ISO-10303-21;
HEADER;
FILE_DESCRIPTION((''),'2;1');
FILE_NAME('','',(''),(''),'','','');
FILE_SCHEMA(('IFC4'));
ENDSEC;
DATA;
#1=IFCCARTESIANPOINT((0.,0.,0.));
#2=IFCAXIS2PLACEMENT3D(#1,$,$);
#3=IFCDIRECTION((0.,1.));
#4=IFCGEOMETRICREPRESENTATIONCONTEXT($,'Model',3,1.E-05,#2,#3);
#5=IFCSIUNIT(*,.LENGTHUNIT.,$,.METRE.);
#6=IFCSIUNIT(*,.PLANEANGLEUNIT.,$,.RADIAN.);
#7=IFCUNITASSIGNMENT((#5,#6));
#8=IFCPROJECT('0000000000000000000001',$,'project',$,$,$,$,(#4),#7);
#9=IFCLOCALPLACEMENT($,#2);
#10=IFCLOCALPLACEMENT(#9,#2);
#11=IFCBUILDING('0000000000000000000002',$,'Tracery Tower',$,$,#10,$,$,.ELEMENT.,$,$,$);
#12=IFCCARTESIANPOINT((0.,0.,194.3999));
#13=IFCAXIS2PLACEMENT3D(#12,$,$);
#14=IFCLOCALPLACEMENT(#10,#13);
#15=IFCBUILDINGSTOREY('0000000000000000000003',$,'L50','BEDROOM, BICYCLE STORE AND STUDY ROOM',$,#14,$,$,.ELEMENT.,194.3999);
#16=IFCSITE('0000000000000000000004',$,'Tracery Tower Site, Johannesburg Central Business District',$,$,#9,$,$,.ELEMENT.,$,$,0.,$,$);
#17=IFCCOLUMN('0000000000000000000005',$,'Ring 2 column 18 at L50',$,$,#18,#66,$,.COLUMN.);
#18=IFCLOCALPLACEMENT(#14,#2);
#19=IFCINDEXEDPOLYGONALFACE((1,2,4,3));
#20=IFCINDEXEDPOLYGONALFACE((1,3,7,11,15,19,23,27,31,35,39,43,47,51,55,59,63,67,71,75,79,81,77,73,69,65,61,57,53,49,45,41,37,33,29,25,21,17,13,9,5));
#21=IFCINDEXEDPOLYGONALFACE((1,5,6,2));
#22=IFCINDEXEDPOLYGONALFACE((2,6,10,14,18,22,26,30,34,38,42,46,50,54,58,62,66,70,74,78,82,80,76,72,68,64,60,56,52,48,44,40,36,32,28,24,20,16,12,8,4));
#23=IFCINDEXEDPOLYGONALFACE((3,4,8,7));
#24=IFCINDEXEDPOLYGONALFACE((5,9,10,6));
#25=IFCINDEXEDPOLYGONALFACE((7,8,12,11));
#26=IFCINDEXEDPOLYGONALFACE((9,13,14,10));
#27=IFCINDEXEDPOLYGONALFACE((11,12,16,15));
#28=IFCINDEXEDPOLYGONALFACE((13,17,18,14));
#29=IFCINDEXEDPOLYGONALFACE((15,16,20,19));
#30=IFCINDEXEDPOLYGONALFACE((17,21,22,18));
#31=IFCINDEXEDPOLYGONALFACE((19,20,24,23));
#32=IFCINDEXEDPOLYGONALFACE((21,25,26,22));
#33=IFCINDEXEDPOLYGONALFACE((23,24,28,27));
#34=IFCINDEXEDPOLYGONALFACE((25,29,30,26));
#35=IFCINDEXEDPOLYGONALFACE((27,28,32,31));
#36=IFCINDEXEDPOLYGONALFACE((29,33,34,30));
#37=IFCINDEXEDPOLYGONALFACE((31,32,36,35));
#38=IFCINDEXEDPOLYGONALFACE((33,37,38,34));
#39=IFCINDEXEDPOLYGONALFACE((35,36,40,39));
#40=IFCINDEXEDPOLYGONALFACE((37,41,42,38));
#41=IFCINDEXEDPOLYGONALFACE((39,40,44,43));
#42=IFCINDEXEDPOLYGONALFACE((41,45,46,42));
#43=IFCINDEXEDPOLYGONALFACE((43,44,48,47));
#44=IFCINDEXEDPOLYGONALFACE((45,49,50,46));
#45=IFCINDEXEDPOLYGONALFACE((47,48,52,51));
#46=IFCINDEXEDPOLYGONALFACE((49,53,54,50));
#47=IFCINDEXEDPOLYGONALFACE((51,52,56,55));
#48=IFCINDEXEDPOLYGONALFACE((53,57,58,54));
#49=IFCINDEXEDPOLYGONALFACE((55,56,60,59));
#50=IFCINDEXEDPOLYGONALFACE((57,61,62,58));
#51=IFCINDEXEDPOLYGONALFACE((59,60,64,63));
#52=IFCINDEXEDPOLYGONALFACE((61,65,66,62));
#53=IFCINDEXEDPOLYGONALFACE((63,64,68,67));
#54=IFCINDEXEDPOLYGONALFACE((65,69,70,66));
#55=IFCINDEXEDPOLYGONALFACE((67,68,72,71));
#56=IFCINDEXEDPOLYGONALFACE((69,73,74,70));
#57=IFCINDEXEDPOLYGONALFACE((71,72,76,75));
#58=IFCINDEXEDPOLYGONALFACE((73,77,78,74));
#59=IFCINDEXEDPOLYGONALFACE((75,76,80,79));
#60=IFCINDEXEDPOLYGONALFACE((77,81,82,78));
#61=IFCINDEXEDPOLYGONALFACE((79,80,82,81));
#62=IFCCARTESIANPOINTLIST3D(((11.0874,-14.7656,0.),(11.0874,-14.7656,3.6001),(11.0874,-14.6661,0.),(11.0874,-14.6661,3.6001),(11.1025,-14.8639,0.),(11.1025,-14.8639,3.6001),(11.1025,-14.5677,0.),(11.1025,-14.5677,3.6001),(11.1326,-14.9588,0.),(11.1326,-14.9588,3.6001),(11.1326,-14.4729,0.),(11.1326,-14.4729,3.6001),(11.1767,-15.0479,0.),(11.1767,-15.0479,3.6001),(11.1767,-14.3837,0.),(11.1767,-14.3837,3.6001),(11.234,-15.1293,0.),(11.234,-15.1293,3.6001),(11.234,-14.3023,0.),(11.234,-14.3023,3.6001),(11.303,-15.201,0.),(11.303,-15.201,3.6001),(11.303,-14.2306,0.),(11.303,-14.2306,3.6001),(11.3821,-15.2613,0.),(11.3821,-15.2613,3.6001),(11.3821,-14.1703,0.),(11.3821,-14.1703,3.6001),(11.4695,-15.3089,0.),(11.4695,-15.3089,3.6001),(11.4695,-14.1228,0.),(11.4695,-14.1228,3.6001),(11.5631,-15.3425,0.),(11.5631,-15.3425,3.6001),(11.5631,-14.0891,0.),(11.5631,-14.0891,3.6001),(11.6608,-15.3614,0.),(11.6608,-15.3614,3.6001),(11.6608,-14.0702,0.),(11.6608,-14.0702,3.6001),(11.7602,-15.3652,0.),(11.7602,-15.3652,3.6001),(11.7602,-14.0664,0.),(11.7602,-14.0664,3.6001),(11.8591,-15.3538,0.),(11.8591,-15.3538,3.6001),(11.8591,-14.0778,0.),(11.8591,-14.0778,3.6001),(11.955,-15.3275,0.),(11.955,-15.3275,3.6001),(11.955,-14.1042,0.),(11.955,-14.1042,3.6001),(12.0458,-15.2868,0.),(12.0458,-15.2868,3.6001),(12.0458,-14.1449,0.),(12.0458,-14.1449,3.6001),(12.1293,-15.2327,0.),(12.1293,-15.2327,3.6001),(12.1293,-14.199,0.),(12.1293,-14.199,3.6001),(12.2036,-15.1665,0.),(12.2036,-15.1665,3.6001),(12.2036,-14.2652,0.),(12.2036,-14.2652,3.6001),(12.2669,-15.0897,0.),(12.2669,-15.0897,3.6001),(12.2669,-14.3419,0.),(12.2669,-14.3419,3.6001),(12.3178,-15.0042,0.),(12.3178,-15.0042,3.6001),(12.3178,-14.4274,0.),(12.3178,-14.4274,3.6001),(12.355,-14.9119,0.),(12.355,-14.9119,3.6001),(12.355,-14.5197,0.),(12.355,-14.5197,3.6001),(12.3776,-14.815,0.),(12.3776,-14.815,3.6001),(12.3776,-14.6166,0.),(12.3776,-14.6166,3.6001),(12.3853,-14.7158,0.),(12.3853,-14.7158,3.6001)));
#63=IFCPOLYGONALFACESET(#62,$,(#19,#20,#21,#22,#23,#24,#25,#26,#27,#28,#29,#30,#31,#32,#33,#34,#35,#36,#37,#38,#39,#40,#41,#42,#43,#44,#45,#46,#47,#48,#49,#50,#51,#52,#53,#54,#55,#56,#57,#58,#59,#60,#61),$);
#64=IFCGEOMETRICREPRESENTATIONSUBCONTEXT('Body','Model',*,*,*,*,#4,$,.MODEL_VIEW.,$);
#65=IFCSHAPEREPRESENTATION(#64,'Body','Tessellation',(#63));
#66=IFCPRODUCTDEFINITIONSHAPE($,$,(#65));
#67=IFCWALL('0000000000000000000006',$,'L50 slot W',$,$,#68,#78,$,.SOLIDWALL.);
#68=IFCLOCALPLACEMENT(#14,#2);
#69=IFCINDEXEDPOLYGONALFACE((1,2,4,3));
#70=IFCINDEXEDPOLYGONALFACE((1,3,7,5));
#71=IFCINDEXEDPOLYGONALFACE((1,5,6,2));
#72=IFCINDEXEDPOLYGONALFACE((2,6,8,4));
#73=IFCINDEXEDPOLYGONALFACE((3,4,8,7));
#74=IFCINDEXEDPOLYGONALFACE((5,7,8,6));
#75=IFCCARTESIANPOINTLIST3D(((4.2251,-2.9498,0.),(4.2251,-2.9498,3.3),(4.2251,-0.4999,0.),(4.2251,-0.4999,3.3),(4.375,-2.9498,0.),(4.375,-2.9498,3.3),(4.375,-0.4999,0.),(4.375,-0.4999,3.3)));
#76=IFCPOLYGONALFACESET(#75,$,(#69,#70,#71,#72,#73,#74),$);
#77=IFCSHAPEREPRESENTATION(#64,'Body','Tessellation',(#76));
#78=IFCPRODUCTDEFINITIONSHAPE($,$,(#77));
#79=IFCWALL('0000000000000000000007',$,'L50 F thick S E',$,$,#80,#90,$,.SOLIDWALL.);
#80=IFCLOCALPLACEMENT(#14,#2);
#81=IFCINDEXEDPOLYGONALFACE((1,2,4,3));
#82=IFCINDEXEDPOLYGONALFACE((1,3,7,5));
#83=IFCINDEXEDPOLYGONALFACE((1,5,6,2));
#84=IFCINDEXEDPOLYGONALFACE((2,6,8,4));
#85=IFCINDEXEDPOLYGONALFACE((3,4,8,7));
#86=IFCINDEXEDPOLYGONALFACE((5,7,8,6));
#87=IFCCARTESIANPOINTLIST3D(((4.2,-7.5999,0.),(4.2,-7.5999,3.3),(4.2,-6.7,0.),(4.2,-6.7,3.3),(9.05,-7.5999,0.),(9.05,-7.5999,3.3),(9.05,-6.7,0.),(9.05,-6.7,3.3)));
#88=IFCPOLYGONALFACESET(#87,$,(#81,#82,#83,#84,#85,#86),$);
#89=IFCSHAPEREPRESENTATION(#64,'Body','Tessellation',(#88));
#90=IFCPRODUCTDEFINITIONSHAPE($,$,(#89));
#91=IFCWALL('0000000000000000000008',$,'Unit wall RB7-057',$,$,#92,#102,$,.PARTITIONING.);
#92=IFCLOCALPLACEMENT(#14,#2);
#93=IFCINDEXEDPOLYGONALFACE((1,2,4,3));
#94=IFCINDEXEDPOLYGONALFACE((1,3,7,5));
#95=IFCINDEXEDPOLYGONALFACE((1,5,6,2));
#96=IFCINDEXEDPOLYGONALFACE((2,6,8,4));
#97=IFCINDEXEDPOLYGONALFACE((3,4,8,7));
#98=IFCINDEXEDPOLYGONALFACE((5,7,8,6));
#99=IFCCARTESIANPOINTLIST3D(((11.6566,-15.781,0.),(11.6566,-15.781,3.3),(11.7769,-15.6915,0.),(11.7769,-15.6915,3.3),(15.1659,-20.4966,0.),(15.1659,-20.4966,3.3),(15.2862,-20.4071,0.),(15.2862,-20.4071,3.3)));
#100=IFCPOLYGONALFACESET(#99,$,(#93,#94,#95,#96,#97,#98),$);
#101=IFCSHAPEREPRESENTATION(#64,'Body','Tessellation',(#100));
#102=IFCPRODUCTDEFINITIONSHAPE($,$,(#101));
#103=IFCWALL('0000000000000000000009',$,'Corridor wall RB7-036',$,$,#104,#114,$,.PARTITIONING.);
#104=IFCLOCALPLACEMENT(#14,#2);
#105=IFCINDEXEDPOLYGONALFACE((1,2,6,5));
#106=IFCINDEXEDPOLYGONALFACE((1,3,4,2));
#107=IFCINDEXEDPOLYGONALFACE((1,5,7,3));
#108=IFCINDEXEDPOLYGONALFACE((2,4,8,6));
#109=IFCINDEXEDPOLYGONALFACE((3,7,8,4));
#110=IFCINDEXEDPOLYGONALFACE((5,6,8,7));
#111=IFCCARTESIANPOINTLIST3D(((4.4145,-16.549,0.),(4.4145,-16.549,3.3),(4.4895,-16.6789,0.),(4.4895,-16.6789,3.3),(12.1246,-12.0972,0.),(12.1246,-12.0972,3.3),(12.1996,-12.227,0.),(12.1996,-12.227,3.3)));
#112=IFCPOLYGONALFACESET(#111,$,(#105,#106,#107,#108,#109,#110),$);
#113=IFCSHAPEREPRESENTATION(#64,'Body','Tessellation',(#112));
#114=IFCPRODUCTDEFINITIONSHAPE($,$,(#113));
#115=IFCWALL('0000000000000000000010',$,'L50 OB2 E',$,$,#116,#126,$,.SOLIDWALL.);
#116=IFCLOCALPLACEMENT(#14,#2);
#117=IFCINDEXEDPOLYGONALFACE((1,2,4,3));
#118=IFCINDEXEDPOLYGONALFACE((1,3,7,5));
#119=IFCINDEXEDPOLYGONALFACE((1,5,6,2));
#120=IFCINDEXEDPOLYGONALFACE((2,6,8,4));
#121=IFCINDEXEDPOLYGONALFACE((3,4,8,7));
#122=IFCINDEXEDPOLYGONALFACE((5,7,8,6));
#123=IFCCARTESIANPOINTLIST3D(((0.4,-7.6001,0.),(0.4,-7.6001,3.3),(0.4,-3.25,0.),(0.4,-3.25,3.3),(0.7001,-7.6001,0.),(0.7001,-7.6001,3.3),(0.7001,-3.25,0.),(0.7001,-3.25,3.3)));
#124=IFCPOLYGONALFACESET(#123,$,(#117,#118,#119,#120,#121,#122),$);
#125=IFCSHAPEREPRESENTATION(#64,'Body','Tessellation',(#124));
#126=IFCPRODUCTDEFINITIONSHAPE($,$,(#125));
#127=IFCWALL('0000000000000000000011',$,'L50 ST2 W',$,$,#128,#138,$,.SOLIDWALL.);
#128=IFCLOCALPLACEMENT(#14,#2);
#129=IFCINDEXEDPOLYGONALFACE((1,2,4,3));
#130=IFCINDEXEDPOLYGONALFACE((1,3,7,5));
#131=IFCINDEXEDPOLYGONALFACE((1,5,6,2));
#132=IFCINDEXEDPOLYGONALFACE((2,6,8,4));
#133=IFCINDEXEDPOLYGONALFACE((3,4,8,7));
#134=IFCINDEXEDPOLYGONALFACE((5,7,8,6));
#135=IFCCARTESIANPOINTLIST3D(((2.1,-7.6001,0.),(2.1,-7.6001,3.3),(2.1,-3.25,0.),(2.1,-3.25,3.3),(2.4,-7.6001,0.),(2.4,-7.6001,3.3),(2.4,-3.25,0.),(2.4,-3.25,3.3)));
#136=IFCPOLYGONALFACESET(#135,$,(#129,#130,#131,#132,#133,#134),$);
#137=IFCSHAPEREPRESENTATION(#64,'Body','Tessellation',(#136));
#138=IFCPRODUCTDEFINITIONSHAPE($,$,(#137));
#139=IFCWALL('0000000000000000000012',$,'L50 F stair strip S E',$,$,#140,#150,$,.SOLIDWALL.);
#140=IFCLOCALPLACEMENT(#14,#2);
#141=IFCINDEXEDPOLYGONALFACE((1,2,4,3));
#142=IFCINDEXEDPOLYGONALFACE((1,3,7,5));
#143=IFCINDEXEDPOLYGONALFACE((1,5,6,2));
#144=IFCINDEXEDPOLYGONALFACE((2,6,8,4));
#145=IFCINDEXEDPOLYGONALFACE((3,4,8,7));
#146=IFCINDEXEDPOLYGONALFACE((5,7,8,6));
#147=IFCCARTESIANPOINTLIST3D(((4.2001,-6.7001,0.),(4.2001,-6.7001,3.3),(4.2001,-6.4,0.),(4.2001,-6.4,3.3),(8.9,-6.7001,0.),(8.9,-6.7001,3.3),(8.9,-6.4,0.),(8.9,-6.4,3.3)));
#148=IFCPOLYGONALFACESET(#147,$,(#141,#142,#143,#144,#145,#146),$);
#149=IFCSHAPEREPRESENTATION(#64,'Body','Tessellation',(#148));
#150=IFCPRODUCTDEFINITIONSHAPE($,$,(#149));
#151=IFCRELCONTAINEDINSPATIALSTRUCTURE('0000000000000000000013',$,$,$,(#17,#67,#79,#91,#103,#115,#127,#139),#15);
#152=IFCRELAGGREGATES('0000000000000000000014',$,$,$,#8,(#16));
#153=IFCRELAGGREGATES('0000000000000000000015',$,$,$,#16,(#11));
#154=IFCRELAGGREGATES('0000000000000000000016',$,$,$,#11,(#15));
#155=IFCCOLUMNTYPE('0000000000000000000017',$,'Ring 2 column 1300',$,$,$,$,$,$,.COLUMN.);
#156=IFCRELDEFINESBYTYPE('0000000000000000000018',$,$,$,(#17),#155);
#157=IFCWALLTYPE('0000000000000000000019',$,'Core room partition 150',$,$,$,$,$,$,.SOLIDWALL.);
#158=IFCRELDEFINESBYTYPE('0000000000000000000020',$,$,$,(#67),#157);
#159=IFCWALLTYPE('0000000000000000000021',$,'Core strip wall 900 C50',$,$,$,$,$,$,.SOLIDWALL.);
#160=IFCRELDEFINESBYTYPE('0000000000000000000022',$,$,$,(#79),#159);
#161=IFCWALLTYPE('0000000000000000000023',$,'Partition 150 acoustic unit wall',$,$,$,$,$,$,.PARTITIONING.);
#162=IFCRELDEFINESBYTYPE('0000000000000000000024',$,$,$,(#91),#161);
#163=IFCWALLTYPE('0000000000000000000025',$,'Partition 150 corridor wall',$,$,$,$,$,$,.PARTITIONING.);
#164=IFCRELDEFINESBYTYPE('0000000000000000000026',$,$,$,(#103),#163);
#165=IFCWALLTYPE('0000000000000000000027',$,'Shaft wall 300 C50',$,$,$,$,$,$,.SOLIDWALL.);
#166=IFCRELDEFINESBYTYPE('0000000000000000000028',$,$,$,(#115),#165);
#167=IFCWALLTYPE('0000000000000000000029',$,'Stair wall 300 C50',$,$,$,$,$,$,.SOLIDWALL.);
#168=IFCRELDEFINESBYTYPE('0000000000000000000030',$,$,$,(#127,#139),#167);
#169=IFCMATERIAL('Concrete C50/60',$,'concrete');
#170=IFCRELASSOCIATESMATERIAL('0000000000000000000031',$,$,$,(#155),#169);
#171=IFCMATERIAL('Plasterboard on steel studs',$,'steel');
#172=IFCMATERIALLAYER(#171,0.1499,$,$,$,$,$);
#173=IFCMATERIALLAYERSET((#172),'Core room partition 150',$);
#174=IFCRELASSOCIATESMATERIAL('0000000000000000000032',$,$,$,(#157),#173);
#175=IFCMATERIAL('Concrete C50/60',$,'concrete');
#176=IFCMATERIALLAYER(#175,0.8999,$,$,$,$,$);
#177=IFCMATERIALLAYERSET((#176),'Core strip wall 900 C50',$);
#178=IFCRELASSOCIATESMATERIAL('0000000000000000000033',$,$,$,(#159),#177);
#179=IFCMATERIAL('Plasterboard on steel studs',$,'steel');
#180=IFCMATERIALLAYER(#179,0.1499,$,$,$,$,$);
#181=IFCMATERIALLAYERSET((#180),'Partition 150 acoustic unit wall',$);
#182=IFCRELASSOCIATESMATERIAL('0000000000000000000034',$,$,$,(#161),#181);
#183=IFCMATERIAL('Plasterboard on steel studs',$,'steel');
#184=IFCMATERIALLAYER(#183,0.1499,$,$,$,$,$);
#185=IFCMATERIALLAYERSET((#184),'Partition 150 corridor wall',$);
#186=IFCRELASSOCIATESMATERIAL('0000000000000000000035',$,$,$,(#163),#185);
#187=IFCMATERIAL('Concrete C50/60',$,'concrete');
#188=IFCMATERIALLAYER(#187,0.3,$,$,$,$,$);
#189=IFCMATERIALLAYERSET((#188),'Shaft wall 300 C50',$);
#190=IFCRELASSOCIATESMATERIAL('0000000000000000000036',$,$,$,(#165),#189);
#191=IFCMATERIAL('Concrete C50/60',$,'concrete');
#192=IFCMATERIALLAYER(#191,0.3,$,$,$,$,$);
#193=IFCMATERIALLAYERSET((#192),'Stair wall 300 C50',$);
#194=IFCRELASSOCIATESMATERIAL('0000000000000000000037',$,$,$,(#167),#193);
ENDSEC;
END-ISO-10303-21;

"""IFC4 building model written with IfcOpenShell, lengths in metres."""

from ifc_helpers import new_model, si_unit, direction, frame, frame_2d, origin, origin_2d, place, context, subcontext, project, spatial, rectangle, circle, extrude, material, layer, layer_set, material_profile, profile_set, type_object, element, save


model = new_model("IFC4")

# Units and contexts
model_context = context("Model", 3, precision=1e-05, world=origin(), true_north=direction((0.0, 1.0)))
body_context = subcontext(model_context, "Body", "Model", "MODEL_VIEW")
ifc_project = project(units=[si_unit("LENGTHUNIT", "METRE"), si_unit("PLANEANGLEUNIT", "RADIAN")], contexts=[model_context])

# Site, building, storey
site_placement = place(None, origin())
site = spatial("IfcSite", under=ifc_project, at=site_placement, Name="Tracery Tower Site, Johannesburg Central Business District", CompositionType="ELEMENT", RefElevation=0.0)
building_placement = place(site_placement, origin())
building = spatial("IfcBuilding", under=site, at=building_placement, Name="Tracery Tower", CompositionType="ELEMENT")
storey_placement = place(building_placement, frame((0.0, 0.0, 194.3999)))
storey = spatial("IfcBuildingStorey", under=building, at=storey_placement, Name="L50", Description="BEDROOM, BICYCLE STORE AND STUDY ROOM", CompositionType="ELEMENT", Elevation=194.3999)

# Column
ifc_material_1 = material(Name="Concrete C50/60", Category="concrete")
ifc_material_profile = material_profile(ifc_material_1, circle(Radius=0.6499, at=origin_2d()), Name="RC D1300")
ifc_profile_set = profile_set([ifc_material_profile], Name="Concrete C50/60")
column_type = type_object("IfcColumnType", Name="Ring 2 column 1300", PredefinedType="COLUMN", material=ifc_profile_set)
column_placement = place(storey_placement, frame((11.7354, -14.7158, 0.0), z_axis=(0.0, 0.0, 1.0), x_axis=(1.0, 0.0, 0.0)))
element("IfcColumn", 1, at=column_placement, inside=storey, type_object=column_type, Name="Ring 2 column 18 at L50", PredefinedType="COLUMN", context=body_context, shape_type="SweptSolid", body=[
    extrude(circle(Radius=0.6499, at=origin_2d()), origin(), (0.0, 0.0, 1.0), 3.6001),
])

# Walls
ifc_material_2 = material(Name="Plasterboard on steel studs", Category="steel")
ifc_layer_1 = layer(ifc_material_2, 0.1499)
ifc_layer_set_1 = layer_set([ifc_layer_1], Name="Core room partition 150")
wall_type_1 = type_object("IfcWallType", Name="Core room partition 150", PredefinedType="SOLIDWALL", material=ifc_layer_set_1)
wall_1_placement = place(storey_placement, frame((4.3, -2.95, 0.0), z_axis=(0.0, 0.0, 1.0), x_axis=(0.0, 1.0, 0.0)))
element("IfcWall", 2, at=wall_1_placement, inside=storey, type_object=wall_type_1, Name="L50 slot W", PredefinedType="SOLIDWALL", context=body_context, shape_type="SweptSolid", body=[
    extrude(rectangle(XDim=2.45, YDim=0.1499, at=frame_2d((1.2251, 0.0))), origin(), (0.0, 0.0, 1.0), 3.3),
])
ifc_material_3 = material(Name="Concrete C50/60", Category="concrete")
ifc_layer_2 = layer(ifc_material_3, 0.8999)
ifc_layer_set_2 = layer_set([ifc_layer_2], Name="Core strip wall 900 C50")
wall_type_2 = type_object("IfcWallType", Name="Core strip wall 900 C50", PredefinedType="SOLIDWALL", material=ifc_layer_set_2)
wall_2_placement = place(storey_placement, frame((4.2, -7.1499, 0.0), z_axis=(0.0, 0.0, 1.0), x_axis=(1.0, 0.0, 0.0)))
element("IfcWall", 3, at=wall_2_placement, inside=storey, type_object=wall_type_2, Name="L50 F thick S E", PredefinedType="SOLIDWALL", context=body_context, shape_type="SweptSolid", body=[
    extrude(rectangle(XDim=4.8501, YDim=0.8999, at=frame_2d((2.425, 0.0))), origin(), (0.0, 0.0, 1.0), 3.3),
])
ifc_material_4 = material(Name="Plasterboard on steel studs", Category="steel")
ifc_layer_3 = layer(ifc_material_4, 0.1499)
ifc_layer_set_3 = layer_set([ifc_layer_3], Name="Partition 150 acoustic unit wall")
wall_type_3 = type_object("IfcWallType", Name="Partition 150 acoustic unit wall", PredefinedType="PARTITIONING", material=ifc_layer_set_3)
wall_3_placement = place(storey_placement, frame((11.7168, -15.7363, 0.0), z_axis=(0.0, 0.0, 1.0), x_axis=(0.597012, -0.802232, 0.0)))
element("IfcWall", 4, at=wall_3_placement, inside=storey, type_object=wall_type_3, Name="Unit wall RB7-057", PredefinedType="PARTITIONING", context=body_context, shape_type="SweptSolid", body=[
    extrude(rectangle(XDim=5.8782, YDim=0.1499, at=frame_2d((2.939, 0.0))), origin(), (0.0, 0.0, 1.0), 3.3),
])
ifc_material_5 = material(Name="Plasterboard on steel studs", Category="steel")
ifc_layer_4 = layer(ifc_material_5, 0.1499)
ifc_layer_set_4 = layer_set([ifc_layer_4], Name="Partition 150 corridor wall")
wall_type_4 = type_object("IfcWallType", Name="Partition 150 corridor wall", PredefinedType="PARTITIONING", material=ifc_layer_set_4)
wall_4_placement = place(storey_placement, frame((4.4519, -16.614, 0.0), z_axis=(0.0, 0.0, 1.0), x_axis=(0.866005, 0.500035, 0.0)))
element("IfcWall", 5, at=wall_4_placement, inside=storey, type_object=wall_type_4, Name="Corridor wall RB7-036", PredefinedType="PARTITIONING", context=body_context, shape_type="SweptSolid", body=[
    extrude(rectangle(XDim=8.9031, YDim=0.1499, at=frame_2d((4.4517, 0.0))), origin(), (0.0, 0.0, 1.0), 3.3),
])
ifc_material_6 = material(Name="Concrete C50/60", Category="concrete")
ifc_layer_5 = layer(ifc_material_6, 0.3)
ifc_layer_set_5 = layer_set([ifc_layer_5], Name="Shaft wall 300 C50")
wall_type_5 = type_object("IfcWallType", Name="Shaft wall 300 C50", PredefinedType="SOLIDWALL", material=ifc_layer_set_5)
wall_5_placement = place(storey_placement, frame((0.55, -7.6001, 0.0), z_axis=(0.0, 0.0, 1.0), x_axis=(0.0, 1.0, 0.0)))
element("IfcWall", 6, at=wall_5_placement, inside=storey, type_object=wall_type_5, Name="L50 OB2 E", PredefinedType="SOLIDWALL", context=body_context, shape_type="SweptSolid", body=[
    extrude(rectangle(XDim=4.3501, YDim=0.3, at=frame_2d((2.175, 0.0))), origin(), (0.0, 0.0, 1.0), 3.3),
])

# Shared definitions
ifc_material_7 = material(Name="Concrete C50/60", Category="concrete")
ifc_layer_6 = layer(ifc_material_7, 0.3)
ifc_layer_set_6 = layer_set([ifc_layer_6], Name="Stair wall 300 C50")
wall_type_6 = type_object("IfcWallType", Name="Stair wall 300 C50", PredefinedType="SOLIDWALL", material=ifc_layer_set_6)

# Wall
wall_6_placement = place(storey_placement, frame((2.25, -7.6001, 0.0), z_axis=(0.0, 0.0, 1.0), x_axis=(0.0, 1.0, 0.0)))
element("IfcWall", 7, at=wall_6_placement, inside=storey, type_object=wall_type_6, Name="L50 ST2 W", PredefinedType="SOLIDWALL", context=body_context, shape_type="SweptSolid", body=[
    extrude(rectangle(XDim=4.3501, YDim=0.3, at=frame_2d((2.175, 0.0))), origin(), (0.0, 0.0, 1.0), 3.3),
])

# Wall
wall_7_placement = place(storey_placement, frame((4.2, -6.55, 0.0), z_axis=(0.0, 0.0, 1.0), x_axis=(1.0, 0.0, 0.0)))
element("IfcWall", 8, at=wall_7_placement, inside=storey, type_object=wall_type_6, Name="L50 F stair strip S E", PredefinedType="SOLIDWALL", context=body_context, shape_type="SweptSolid", body=[
    extrude(rectangle(XDim=4.7, YDim=0.3, at=frame_2d((2.3501, 0.0))), origin(), (0.0, 0.0, 1.0), 3.3),
])

save(model, "model.ifc")
